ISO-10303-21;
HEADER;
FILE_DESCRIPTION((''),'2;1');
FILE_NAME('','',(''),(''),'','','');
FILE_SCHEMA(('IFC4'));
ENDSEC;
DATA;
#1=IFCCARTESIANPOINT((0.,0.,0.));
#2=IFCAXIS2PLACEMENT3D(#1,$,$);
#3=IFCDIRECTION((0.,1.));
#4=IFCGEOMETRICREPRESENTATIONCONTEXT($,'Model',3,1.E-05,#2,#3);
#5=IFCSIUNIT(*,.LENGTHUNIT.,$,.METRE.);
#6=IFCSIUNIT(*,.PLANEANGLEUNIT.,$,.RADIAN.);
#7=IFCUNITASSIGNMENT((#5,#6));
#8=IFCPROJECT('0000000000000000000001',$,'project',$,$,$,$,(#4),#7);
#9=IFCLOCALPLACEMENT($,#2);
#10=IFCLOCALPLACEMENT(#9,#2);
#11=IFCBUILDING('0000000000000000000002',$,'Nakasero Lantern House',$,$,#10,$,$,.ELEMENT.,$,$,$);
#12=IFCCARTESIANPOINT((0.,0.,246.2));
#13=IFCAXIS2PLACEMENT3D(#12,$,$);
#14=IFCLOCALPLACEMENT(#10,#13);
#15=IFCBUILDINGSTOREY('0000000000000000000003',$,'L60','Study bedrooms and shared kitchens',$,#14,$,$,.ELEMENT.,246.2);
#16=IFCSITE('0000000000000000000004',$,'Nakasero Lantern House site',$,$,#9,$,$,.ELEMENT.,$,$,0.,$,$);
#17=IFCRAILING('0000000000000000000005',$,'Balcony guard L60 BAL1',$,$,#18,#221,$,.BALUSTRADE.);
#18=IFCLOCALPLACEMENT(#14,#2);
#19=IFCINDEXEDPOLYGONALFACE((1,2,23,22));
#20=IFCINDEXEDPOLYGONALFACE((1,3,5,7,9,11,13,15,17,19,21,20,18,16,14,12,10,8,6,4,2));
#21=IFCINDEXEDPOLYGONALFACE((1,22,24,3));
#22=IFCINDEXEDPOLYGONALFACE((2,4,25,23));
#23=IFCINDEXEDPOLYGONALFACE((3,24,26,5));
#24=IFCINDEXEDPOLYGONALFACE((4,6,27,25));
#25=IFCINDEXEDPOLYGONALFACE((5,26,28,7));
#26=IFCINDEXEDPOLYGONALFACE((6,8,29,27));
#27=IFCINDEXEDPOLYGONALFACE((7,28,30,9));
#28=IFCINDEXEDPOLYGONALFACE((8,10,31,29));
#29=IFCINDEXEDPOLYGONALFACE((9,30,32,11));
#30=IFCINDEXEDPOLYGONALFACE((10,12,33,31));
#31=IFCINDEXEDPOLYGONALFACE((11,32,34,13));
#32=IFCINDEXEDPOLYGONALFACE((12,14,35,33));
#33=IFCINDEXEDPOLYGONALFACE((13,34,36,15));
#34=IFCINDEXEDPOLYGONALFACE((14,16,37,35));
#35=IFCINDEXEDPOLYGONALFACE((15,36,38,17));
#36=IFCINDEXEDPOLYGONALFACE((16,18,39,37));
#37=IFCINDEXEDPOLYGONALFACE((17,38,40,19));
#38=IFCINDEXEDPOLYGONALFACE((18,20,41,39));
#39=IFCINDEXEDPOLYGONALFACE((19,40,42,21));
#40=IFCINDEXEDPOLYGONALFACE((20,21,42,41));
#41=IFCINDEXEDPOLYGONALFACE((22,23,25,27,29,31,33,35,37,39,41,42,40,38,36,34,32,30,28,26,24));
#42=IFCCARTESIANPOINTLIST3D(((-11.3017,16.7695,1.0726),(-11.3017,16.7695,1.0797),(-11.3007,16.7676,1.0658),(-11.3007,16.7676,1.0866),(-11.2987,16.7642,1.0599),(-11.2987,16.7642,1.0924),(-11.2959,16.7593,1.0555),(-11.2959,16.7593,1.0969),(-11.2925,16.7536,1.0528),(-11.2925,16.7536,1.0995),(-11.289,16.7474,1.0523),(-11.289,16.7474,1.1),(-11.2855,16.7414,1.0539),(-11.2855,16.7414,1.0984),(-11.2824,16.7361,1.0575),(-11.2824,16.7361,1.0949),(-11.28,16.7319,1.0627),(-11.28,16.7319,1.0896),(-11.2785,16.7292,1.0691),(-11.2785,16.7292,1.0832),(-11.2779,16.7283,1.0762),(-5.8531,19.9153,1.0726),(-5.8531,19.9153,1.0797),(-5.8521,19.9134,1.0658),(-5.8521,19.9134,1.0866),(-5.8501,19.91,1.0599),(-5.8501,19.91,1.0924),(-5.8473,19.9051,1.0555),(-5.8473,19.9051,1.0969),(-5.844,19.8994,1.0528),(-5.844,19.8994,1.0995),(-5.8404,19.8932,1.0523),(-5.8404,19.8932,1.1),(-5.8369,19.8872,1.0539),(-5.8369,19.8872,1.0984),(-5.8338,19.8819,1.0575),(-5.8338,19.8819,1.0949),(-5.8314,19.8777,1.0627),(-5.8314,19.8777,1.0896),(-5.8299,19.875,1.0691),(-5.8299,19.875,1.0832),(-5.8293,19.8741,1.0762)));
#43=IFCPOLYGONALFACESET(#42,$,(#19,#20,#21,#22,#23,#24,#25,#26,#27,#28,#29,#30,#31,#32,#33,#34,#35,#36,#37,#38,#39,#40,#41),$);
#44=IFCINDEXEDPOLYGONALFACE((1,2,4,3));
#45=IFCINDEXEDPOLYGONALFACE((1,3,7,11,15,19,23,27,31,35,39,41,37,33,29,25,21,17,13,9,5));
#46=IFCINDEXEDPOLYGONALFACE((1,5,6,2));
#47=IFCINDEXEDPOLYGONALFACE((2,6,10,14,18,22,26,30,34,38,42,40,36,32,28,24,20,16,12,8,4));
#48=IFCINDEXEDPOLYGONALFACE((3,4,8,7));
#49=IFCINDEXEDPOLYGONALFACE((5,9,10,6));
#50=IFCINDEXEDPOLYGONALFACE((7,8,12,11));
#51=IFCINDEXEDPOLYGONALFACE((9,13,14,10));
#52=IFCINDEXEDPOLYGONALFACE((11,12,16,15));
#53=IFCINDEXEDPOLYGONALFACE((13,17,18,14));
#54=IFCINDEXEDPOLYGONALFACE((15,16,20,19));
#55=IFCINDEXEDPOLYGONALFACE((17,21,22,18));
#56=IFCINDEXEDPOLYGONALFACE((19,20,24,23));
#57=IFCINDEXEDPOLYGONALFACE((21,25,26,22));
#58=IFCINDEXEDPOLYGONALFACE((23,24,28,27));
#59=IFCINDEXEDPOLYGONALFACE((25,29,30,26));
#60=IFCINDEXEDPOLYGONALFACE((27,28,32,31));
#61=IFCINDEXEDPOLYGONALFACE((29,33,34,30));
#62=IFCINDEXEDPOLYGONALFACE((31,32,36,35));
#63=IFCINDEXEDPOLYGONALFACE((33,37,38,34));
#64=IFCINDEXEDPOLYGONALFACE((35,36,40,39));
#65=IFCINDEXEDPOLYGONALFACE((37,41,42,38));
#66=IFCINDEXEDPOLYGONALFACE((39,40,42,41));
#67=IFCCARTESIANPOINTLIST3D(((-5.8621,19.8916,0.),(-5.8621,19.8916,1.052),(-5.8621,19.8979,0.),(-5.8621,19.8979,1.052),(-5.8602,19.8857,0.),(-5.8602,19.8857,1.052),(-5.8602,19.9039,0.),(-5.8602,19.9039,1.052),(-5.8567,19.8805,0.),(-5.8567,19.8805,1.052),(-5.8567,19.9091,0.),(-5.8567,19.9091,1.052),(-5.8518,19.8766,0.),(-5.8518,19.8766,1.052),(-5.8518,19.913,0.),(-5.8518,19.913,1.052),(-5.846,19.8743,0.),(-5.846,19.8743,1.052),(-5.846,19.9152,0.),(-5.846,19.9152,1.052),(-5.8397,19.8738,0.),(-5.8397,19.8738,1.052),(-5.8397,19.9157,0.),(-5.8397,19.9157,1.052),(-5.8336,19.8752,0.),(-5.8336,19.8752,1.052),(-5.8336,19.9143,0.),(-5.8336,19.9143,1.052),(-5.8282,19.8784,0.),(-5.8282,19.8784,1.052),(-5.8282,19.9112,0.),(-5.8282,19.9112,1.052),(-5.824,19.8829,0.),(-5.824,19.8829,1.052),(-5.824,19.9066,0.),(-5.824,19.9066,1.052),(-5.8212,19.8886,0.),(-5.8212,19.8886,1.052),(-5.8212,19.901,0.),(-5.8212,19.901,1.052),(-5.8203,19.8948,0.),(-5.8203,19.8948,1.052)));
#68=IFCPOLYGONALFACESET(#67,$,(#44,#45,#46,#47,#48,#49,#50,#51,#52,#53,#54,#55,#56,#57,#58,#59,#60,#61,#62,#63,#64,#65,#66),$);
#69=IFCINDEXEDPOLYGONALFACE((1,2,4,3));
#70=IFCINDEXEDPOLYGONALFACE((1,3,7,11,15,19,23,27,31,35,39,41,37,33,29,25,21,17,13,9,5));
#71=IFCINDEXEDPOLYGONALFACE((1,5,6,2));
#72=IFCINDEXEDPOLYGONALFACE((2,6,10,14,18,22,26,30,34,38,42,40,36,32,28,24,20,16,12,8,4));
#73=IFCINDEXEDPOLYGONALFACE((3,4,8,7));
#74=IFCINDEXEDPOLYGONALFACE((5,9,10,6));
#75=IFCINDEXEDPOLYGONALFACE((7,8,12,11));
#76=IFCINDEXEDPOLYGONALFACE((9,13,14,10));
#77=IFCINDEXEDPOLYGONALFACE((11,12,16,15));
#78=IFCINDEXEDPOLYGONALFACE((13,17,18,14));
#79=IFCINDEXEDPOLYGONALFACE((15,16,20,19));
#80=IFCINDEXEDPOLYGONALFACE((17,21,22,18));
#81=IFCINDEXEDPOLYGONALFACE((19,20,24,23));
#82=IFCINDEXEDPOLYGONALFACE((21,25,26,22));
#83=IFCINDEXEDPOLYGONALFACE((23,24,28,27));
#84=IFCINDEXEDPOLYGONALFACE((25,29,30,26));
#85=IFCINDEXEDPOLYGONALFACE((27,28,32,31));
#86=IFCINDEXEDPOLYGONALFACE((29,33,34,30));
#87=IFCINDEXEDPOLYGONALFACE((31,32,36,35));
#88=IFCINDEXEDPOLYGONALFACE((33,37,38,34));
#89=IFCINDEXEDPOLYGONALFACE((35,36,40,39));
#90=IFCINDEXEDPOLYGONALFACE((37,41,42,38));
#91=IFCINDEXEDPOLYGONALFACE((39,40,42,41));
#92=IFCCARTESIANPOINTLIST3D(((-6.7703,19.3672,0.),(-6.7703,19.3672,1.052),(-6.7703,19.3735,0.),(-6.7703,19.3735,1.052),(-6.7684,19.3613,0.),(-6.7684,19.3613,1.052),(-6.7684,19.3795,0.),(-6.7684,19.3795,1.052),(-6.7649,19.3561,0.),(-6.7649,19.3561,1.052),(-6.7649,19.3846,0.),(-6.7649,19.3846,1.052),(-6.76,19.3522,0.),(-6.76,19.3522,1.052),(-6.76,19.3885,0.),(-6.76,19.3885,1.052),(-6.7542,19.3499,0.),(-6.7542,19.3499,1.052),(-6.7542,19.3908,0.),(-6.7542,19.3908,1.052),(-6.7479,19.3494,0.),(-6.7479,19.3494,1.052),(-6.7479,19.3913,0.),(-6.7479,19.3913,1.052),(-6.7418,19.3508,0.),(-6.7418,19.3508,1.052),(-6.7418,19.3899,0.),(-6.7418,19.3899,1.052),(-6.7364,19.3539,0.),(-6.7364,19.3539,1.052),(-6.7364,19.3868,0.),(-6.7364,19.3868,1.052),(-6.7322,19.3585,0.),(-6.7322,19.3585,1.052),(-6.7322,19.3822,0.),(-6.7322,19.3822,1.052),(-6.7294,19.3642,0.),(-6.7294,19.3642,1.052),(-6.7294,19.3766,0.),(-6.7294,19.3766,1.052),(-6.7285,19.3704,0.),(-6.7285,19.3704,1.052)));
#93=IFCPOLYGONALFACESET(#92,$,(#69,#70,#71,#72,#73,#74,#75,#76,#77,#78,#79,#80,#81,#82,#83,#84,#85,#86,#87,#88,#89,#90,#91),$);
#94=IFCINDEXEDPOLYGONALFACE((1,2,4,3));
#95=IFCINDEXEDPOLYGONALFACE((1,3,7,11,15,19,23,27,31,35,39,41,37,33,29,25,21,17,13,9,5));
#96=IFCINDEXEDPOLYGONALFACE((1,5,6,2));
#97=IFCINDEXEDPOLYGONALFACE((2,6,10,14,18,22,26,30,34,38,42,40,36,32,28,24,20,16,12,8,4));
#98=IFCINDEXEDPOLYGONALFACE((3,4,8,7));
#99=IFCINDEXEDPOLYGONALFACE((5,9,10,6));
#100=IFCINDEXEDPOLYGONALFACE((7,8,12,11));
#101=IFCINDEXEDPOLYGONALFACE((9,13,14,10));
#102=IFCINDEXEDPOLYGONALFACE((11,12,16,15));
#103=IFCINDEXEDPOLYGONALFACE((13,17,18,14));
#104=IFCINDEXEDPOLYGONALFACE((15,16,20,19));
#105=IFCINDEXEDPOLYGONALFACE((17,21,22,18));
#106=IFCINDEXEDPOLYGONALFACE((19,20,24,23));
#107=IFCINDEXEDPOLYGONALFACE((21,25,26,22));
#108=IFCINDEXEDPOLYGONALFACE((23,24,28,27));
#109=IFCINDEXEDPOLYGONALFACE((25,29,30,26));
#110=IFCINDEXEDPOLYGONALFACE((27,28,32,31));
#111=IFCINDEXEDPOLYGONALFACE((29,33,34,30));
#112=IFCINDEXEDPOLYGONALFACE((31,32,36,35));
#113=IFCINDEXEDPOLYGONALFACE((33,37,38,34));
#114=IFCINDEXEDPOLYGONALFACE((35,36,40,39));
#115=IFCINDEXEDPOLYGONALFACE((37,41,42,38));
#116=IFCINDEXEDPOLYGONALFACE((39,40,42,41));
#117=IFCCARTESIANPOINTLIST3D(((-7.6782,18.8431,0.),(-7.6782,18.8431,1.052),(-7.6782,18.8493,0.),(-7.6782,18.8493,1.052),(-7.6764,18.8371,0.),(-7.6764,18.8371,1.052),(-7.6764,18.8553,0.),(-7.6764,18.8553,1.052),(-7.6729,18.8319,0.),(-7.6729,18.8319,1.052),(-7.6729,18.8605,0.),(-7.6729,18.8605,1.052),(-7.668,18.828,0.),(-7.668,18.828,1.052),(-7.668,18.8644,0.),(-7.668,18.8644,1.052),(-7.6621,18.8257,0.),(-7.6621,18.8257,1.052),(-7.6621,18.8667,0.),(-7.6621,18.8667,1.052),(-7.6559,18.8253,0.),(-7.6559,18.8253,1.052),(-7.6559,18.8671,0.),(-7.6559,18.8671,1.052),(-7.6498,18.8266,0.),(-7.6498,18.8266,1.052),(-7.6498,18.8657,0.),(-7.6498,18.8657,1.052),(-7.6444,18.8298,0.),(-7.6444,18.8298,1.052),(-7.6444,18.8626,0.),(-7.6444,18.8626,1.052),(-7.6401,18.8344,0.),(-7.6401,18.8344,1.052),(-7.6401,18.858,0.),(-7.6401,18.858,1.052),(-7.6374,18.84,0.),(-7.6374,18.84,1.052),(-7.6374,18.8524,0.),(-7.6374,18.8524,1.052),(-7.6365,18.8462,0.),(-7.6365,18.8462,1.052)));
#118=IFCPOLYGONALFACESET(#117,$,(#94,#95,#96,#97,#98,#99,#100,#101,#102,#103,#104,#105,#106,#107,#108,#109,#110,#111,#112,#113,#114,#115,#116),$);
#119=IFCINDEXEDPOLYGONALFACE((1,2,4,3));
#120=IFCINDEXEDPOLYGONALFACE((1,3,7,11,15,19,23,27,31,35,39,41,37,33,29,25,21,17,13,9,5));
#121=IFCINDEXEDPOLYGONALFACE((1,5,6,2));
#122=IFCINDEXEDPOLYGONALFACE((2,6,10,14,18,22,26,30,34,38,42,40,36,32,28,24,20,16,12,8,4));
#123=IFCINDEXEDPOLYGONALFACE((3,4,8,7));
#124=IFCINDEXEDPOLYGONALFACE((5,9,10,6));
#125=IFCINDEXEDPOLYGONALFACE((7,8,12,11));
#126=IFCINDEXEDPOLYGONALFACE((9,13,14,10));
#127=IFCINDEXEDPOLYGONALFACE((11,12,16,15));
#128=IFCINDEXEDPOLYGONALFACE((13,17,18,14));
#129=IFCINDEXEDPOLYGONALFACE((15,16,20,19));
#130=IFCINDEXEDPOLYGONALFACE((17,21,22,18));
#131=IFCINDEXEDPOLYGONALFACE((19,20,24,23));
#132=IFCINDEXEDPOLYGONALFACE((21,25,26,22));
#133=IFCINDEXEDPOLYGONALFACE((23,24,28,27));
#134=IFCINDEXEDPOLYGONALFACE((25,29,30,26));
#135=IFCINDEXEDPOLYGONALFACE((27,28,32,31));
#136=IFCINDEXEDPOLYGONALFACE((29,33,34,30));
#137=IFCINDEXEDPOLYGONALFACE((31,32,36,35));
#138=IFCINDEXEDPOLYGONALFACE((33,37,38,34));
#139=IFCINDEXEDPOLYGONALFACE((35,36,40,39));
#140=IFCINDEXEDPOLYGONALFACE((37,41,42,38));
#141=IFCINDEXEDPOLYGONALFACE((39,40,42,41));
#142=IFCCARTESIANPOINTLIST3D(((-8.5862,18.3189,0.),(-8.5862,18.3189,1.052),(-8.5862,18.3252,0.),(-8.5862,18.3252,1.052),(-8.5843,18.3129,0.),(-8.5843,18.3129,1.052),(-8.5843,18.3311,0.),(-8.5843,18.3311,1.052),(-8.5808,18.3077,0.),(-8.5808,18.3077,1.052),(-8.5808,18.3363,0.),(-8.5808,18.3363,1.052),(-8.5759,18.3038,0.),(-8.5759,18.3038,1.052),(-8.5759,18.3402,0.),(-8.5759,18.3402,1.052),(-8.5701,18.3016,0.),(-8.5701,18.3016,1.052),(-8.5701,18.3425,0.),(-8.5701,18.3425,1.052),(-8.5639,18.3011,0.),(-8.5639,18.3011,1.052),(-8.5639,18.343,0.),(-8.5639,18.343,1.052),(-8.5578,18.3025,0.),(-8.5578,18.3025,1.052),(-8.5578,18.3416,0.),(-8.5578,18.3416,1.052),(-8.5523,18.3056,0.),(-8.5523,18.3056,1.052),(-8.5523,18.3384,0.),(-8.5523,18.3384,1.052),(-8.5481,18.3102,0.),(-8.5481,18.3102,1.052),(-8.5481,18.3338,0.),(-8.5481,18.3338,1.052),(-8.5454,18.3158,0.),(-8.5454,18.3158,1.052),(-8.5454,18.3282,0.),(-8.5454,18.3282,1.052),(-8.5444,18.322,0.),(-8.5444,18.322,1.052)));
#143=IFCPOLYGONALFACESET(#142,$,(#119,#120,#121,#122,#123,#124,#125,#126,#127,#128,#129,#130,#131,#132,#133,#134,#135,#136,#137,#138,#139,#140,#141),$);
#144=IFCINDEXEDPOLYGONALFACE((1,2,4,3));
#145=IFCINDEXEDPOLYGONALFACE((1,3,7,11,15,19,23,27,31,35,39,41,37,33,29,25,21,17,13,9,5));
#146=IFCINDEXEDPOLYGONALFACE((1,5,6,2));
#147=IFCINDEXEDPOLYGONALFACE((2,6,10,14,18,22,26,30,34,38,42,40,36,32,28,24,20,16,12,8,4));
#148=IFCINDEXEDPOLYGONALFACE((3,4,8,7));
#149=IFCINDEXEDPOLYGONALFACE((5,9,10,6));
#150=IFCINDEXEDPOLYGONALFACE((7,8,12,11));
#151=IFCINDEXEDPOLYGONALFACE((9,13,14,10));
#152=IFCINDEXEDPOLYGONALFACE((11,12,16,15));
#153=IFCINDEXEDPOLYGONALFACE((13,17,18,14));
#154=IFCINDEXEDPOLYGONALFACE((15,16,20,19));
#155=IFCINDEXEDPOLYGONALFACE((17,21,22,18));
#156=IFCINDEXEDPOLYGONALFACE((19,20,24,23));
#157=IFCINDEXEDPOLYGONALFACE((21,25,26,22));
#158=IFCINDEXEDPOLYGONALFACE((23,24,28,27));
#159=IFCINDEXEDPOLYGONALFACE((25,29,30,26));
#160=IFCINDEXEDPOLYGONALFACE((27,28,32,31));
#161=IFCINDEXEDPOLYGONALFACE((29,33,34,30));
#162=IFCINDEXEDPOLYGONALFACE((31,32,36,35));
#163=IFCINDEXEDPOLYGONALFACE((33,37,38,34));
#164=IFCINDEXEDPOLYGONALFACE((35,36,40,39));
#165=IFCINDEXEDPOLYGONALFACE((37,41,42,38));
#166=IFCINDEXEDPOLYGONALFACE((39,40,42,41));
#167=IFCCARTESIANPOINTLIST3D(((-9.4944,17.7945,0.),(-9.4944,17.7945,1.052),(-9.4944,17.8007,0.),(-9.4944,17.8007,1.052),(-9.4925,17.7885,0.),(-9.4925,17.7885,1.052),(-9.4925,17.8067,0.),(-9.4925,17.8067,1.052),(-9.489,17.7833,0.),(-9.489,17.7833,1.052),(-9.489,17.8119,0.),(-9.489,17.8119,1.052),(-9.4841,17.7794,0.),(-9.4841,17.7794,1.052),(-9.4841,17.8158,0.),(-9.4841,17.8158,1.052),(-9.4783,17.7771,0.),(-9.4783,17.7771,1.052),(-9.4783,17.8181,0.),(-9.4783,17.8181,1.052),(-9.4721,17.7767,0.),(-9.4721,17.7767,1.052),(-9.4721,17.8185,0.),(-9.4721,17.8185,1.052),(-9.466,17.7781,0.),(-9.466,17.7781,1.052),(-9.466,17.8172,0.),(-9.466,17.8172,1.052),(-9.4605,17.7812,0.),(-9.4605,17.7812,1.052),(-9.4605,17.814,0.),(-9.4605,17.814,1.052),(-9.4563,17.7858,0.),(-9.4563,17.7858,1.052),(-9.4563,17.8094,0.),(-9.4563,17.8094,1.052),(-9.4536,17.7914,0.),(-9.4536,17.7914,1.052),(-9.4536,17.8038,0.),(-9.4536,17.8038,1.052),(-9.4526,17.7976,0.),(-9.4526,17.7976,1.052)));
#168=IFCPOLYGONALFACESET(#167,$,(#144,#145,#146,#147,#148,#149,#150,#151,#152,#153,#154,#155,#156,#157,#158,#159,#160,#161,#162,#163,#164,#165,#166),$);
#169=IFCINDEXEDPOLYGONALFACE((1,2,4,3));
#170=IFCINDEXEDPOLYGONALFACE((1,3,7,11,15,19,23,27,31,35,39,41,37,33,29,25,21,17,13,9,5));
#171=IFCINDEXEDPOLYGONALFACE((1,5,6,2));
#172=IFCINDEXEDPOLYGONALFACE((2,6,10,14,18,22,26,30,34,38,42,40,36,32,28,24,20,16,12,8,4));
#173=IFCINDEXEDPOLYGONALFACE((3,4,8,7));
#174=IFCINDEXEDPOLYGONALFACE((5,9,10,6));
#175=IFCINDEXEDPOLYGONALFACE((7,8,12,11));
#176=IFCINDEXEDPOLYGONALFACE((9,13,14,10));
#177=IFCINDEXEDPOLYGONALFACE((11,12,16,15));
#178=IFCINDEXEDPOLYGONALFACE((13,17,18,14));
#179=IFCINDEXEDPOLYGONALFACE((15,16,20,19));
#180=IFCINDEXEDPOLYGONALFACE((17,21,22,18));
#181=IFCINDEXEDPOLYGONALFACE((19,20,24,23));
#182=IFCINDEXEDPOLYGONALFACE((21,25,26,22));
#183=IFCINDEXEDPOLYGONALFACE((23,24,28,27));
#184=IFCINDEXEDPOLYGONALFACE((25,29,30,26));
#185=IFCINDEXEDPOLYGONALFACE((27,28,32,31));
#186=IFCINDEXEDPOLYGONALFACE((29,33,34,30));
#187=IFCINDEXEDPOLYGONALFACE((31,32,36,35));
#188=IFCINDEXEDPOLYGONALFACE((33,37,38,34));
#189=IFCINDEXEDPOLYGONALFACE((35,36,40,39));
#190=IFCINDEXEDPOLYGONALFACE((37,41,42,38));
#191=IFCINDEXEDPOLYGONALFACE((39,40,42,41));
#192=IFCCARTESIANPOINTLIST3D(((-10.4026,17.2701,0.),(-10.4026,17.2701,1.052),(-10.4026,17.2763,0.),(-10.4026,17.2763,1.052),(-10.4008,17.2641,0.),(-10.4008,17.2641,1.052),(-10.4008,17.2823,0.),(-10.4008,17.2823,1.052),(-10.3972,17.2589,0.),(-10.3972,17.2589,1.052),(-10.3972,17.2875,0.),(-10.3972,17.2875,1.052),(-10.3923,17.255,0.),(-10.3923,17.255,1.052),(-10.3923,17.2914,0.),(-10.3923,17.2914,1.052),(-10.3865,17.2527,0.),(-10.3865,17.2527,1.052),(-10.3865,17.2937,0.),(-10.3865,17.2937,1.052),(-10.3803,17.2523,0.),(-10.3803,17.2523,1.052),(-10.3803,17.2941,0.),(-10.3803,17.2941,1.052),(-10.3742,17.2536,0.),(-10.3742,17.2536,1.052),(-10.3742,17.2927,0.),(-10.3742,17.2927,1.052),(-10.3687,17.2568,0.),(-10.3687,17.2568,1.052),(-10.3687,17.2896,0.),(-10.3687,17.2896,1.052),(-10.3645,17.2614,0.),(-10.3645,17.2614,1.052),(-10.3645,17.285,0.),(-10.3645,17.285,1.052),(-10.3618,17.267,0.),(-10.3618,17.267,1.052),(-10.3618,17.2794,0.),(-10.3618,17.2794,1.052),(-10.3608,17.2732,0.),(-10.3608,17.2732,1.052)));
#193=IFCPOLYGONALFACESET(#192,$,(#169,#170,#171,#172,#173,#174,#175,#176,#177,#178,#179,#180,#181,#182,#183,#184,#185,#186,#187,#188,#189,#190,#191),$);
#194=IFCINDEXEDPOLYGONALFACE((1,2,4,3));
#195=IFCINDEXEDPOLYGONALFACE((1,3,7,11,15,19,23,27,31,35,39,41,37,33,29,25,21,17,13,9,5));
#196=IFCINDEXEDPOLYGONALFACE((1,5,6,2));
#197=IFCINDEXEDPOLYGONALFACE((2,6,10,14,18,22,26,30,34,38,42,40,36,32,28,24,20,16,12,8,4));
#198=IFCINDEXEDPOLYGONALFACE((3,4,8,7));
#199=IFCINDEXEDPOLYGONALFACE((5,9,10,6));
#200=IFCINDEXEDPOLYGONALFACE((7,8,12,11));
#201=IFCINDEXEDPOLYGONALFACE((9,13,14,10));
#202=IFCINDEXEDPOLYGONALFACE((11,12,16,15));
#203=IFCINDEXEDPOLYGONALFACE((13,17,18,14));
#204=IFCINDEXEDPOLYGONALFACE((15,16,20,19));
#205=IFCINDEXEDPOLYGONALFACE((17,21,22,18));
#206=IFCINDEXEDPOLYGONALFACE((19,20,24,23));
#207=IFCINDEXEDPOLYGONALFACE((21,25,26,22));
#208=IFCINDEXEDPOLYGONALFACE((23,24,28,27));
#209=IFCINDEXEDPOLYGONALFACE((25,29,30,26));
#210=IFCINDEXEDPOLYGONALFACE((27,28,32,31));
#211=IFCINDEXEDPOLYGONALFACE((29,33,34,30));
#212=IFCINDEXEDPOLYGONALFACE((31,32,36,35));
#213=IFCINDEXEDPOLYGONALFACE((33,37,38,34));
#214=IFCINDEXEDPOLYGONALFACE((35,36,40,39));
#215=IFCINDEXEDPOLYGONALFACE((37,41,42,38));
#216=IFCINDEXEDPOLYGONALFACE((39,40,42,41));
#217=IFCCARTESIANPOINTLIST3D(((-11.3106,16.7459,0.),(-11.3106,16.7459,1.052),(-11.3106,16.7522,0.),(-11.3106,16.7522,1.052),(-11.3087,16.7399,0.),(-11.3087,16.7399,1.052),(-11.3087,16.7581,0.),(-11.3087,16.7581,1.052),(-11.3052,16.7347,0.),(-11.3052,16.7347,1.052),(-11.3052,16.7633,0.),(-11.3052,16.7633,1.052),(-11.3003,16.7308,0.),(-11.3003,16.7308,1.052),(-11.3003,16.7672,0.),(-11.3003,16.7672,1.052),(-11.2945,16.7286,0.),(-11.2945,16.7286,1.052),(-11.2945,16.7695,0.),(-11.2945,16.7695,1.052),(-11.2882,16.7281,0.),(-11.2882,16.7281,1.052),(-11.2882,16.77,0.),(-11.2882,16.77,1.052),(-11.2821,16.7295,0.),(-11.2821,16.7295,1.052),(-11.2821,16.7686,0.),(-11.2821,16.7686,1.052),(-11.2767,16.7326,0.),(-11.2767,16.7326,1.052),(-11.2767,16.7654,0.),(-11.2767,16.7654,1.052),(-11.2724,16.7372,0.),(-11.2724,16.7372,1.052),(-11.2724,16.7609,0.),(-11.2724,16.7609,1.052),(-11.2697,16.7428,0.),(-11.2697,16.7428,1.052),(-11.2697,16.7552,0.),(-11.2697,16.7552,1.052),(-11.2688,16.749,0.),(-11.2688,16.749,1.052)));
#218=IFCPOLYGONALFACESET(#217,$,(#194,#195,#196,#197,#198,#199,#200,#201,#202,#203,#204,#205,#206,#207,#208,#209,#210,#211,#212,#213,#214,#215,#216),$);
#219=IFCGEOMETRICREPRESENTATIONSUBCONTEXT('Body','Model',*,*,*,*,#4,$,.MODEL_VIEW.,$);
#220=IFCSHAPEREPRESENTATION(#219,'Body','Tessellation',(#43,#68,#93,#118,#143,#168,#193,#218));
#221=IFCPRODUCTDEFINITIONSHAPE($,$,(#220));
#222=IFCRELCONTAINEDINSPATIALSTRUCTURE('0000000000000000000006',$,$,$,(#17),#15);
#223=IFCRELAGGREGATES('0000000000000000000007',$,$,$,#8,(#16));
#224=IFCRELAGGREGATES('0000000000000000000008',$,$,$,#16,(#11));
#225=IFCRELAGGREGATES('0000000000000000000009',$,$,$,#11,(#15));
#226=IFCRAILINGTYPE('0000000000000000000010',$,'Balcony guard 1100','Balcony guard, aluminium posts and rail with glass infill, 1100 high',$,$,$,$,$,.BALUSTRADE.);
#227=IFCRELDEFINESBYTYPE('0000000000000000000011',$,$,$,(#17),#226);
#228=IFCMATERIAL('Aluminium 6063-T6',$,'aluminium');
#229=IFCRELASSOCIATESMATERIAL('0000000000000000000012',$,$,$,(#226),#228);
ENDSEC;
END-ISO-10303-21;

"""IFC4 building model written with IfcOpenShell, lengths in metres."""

from ifc_helpers import new_model, si_unit, direction, frame, origin, origin_2d, place, context, subcontext, project, spatial, circle, extrude, material, type_object, element, save


model = new_model("IFC4")

# Units and contexts
model_context = context("Model", 3, precision=1e-05, world=origin(), true_north=direction((0.0, 1.0)))
body_context = subcontext(model_context, "Body", "Model", "MODEL_VIEW")
ifc_project = project(units=[si_unit("LENGTHUNIT", "METRE"), si_unit("PLANEANGLEUNIT", "RADIAN")], contexts=[model_context])

# Site, building, storey
site_placement = place(None, origin())
site = spatial("IfcSite", under=ifc_project, at=site_placement, Name="Nakasero Lantern House site", CompositionType="ELEMENT", RefElevation=0.0)
building_placement = place(site_placement, origin())
building = spatial("IfcBuilding", under=site, at=building_placement, Name="Nakasero Lantern House", CompositionType="ELEMENT")
storey_placement = place(building_placement, frame((0.0, 0.0, 246.2)))
storey = spatial("IfcBuildingStorey", under=building, at=storey_placement, Name="L60", Description="Study bedrooms and shared kitchens", CompositionType="ELEMENT", Elevation=246.2)

# Railing
ifc_material_1 = material(Name="Aluminium 6063-T6", Category="aluminium")
railing_type = type_object("IfcRailingType", Name="Balcony guard 1100", Description="Balcony guard, aluminium posts and rail with glass infill, 1100 high", PredefinedType="BALUSTRADE", material=ifc_material_1)
railing_placement = place(storey_placement, frame((-5.8413, 19.8948, 0.0)))
element("IfcRailing", 1, at=railing_placement, inside=storey, type_object=railing_type, Name="Balcony guard L60 BAL1", PredefinedType="BALUSTRADE", context=body_context, shape_type="SweptSolid", body=[
    extrude(circle(Radius=0.0239, at=origin_2d()), frame((0.0, 0.0, 1.0762), z_axis=(-0.866021, -0.500008, 0.0), x_axis=(0.500008, -0.866021, 0.0)), (0.0, 0.0, 1.0), 6.2915),
    extrude(circle(Radius=0.021, at=origin_2d()), origin(), (0.0, 0.0, 1.0), 1.052),
    extrude(circle(Radius=0.021, at=origin_2d()), frame((-0.9082, -0.5244, 0.0)), (0.0, 0.0, 1.0), 1.052),
    extrude(circle(Radius=0.021, at=origin_2d()), frame((-1.8162, -1.0486, 0.0)), (0.0, 0.0, 1.0), 1.052),
    extrude(circle(Radius=0.021, at=origin_2d()), frame((-2.7241, -1.5728, 0.0)), (0.0, 0.0, 1.0), 1.052),
    extrude(circle(Radius=0.021, at=origin_2d()), frame((-3.6323, -2.0972, 0.0)), (0.0, 0.0, 1.0), 1.052),
    extrude(circle(Radius=0.021, at=origin_2d()), frame((-4.5405, -2.6216, 0.0)), (0.0, 0.0, 1.0), 1.052),
    extrude(circle(Radius=0.021, at=origin_2d()), frame((-5.4485, -3.1458, 0.0)), (0.0, 0.0, 1.0), 1.052),
])

save(model, "model.ifc")
